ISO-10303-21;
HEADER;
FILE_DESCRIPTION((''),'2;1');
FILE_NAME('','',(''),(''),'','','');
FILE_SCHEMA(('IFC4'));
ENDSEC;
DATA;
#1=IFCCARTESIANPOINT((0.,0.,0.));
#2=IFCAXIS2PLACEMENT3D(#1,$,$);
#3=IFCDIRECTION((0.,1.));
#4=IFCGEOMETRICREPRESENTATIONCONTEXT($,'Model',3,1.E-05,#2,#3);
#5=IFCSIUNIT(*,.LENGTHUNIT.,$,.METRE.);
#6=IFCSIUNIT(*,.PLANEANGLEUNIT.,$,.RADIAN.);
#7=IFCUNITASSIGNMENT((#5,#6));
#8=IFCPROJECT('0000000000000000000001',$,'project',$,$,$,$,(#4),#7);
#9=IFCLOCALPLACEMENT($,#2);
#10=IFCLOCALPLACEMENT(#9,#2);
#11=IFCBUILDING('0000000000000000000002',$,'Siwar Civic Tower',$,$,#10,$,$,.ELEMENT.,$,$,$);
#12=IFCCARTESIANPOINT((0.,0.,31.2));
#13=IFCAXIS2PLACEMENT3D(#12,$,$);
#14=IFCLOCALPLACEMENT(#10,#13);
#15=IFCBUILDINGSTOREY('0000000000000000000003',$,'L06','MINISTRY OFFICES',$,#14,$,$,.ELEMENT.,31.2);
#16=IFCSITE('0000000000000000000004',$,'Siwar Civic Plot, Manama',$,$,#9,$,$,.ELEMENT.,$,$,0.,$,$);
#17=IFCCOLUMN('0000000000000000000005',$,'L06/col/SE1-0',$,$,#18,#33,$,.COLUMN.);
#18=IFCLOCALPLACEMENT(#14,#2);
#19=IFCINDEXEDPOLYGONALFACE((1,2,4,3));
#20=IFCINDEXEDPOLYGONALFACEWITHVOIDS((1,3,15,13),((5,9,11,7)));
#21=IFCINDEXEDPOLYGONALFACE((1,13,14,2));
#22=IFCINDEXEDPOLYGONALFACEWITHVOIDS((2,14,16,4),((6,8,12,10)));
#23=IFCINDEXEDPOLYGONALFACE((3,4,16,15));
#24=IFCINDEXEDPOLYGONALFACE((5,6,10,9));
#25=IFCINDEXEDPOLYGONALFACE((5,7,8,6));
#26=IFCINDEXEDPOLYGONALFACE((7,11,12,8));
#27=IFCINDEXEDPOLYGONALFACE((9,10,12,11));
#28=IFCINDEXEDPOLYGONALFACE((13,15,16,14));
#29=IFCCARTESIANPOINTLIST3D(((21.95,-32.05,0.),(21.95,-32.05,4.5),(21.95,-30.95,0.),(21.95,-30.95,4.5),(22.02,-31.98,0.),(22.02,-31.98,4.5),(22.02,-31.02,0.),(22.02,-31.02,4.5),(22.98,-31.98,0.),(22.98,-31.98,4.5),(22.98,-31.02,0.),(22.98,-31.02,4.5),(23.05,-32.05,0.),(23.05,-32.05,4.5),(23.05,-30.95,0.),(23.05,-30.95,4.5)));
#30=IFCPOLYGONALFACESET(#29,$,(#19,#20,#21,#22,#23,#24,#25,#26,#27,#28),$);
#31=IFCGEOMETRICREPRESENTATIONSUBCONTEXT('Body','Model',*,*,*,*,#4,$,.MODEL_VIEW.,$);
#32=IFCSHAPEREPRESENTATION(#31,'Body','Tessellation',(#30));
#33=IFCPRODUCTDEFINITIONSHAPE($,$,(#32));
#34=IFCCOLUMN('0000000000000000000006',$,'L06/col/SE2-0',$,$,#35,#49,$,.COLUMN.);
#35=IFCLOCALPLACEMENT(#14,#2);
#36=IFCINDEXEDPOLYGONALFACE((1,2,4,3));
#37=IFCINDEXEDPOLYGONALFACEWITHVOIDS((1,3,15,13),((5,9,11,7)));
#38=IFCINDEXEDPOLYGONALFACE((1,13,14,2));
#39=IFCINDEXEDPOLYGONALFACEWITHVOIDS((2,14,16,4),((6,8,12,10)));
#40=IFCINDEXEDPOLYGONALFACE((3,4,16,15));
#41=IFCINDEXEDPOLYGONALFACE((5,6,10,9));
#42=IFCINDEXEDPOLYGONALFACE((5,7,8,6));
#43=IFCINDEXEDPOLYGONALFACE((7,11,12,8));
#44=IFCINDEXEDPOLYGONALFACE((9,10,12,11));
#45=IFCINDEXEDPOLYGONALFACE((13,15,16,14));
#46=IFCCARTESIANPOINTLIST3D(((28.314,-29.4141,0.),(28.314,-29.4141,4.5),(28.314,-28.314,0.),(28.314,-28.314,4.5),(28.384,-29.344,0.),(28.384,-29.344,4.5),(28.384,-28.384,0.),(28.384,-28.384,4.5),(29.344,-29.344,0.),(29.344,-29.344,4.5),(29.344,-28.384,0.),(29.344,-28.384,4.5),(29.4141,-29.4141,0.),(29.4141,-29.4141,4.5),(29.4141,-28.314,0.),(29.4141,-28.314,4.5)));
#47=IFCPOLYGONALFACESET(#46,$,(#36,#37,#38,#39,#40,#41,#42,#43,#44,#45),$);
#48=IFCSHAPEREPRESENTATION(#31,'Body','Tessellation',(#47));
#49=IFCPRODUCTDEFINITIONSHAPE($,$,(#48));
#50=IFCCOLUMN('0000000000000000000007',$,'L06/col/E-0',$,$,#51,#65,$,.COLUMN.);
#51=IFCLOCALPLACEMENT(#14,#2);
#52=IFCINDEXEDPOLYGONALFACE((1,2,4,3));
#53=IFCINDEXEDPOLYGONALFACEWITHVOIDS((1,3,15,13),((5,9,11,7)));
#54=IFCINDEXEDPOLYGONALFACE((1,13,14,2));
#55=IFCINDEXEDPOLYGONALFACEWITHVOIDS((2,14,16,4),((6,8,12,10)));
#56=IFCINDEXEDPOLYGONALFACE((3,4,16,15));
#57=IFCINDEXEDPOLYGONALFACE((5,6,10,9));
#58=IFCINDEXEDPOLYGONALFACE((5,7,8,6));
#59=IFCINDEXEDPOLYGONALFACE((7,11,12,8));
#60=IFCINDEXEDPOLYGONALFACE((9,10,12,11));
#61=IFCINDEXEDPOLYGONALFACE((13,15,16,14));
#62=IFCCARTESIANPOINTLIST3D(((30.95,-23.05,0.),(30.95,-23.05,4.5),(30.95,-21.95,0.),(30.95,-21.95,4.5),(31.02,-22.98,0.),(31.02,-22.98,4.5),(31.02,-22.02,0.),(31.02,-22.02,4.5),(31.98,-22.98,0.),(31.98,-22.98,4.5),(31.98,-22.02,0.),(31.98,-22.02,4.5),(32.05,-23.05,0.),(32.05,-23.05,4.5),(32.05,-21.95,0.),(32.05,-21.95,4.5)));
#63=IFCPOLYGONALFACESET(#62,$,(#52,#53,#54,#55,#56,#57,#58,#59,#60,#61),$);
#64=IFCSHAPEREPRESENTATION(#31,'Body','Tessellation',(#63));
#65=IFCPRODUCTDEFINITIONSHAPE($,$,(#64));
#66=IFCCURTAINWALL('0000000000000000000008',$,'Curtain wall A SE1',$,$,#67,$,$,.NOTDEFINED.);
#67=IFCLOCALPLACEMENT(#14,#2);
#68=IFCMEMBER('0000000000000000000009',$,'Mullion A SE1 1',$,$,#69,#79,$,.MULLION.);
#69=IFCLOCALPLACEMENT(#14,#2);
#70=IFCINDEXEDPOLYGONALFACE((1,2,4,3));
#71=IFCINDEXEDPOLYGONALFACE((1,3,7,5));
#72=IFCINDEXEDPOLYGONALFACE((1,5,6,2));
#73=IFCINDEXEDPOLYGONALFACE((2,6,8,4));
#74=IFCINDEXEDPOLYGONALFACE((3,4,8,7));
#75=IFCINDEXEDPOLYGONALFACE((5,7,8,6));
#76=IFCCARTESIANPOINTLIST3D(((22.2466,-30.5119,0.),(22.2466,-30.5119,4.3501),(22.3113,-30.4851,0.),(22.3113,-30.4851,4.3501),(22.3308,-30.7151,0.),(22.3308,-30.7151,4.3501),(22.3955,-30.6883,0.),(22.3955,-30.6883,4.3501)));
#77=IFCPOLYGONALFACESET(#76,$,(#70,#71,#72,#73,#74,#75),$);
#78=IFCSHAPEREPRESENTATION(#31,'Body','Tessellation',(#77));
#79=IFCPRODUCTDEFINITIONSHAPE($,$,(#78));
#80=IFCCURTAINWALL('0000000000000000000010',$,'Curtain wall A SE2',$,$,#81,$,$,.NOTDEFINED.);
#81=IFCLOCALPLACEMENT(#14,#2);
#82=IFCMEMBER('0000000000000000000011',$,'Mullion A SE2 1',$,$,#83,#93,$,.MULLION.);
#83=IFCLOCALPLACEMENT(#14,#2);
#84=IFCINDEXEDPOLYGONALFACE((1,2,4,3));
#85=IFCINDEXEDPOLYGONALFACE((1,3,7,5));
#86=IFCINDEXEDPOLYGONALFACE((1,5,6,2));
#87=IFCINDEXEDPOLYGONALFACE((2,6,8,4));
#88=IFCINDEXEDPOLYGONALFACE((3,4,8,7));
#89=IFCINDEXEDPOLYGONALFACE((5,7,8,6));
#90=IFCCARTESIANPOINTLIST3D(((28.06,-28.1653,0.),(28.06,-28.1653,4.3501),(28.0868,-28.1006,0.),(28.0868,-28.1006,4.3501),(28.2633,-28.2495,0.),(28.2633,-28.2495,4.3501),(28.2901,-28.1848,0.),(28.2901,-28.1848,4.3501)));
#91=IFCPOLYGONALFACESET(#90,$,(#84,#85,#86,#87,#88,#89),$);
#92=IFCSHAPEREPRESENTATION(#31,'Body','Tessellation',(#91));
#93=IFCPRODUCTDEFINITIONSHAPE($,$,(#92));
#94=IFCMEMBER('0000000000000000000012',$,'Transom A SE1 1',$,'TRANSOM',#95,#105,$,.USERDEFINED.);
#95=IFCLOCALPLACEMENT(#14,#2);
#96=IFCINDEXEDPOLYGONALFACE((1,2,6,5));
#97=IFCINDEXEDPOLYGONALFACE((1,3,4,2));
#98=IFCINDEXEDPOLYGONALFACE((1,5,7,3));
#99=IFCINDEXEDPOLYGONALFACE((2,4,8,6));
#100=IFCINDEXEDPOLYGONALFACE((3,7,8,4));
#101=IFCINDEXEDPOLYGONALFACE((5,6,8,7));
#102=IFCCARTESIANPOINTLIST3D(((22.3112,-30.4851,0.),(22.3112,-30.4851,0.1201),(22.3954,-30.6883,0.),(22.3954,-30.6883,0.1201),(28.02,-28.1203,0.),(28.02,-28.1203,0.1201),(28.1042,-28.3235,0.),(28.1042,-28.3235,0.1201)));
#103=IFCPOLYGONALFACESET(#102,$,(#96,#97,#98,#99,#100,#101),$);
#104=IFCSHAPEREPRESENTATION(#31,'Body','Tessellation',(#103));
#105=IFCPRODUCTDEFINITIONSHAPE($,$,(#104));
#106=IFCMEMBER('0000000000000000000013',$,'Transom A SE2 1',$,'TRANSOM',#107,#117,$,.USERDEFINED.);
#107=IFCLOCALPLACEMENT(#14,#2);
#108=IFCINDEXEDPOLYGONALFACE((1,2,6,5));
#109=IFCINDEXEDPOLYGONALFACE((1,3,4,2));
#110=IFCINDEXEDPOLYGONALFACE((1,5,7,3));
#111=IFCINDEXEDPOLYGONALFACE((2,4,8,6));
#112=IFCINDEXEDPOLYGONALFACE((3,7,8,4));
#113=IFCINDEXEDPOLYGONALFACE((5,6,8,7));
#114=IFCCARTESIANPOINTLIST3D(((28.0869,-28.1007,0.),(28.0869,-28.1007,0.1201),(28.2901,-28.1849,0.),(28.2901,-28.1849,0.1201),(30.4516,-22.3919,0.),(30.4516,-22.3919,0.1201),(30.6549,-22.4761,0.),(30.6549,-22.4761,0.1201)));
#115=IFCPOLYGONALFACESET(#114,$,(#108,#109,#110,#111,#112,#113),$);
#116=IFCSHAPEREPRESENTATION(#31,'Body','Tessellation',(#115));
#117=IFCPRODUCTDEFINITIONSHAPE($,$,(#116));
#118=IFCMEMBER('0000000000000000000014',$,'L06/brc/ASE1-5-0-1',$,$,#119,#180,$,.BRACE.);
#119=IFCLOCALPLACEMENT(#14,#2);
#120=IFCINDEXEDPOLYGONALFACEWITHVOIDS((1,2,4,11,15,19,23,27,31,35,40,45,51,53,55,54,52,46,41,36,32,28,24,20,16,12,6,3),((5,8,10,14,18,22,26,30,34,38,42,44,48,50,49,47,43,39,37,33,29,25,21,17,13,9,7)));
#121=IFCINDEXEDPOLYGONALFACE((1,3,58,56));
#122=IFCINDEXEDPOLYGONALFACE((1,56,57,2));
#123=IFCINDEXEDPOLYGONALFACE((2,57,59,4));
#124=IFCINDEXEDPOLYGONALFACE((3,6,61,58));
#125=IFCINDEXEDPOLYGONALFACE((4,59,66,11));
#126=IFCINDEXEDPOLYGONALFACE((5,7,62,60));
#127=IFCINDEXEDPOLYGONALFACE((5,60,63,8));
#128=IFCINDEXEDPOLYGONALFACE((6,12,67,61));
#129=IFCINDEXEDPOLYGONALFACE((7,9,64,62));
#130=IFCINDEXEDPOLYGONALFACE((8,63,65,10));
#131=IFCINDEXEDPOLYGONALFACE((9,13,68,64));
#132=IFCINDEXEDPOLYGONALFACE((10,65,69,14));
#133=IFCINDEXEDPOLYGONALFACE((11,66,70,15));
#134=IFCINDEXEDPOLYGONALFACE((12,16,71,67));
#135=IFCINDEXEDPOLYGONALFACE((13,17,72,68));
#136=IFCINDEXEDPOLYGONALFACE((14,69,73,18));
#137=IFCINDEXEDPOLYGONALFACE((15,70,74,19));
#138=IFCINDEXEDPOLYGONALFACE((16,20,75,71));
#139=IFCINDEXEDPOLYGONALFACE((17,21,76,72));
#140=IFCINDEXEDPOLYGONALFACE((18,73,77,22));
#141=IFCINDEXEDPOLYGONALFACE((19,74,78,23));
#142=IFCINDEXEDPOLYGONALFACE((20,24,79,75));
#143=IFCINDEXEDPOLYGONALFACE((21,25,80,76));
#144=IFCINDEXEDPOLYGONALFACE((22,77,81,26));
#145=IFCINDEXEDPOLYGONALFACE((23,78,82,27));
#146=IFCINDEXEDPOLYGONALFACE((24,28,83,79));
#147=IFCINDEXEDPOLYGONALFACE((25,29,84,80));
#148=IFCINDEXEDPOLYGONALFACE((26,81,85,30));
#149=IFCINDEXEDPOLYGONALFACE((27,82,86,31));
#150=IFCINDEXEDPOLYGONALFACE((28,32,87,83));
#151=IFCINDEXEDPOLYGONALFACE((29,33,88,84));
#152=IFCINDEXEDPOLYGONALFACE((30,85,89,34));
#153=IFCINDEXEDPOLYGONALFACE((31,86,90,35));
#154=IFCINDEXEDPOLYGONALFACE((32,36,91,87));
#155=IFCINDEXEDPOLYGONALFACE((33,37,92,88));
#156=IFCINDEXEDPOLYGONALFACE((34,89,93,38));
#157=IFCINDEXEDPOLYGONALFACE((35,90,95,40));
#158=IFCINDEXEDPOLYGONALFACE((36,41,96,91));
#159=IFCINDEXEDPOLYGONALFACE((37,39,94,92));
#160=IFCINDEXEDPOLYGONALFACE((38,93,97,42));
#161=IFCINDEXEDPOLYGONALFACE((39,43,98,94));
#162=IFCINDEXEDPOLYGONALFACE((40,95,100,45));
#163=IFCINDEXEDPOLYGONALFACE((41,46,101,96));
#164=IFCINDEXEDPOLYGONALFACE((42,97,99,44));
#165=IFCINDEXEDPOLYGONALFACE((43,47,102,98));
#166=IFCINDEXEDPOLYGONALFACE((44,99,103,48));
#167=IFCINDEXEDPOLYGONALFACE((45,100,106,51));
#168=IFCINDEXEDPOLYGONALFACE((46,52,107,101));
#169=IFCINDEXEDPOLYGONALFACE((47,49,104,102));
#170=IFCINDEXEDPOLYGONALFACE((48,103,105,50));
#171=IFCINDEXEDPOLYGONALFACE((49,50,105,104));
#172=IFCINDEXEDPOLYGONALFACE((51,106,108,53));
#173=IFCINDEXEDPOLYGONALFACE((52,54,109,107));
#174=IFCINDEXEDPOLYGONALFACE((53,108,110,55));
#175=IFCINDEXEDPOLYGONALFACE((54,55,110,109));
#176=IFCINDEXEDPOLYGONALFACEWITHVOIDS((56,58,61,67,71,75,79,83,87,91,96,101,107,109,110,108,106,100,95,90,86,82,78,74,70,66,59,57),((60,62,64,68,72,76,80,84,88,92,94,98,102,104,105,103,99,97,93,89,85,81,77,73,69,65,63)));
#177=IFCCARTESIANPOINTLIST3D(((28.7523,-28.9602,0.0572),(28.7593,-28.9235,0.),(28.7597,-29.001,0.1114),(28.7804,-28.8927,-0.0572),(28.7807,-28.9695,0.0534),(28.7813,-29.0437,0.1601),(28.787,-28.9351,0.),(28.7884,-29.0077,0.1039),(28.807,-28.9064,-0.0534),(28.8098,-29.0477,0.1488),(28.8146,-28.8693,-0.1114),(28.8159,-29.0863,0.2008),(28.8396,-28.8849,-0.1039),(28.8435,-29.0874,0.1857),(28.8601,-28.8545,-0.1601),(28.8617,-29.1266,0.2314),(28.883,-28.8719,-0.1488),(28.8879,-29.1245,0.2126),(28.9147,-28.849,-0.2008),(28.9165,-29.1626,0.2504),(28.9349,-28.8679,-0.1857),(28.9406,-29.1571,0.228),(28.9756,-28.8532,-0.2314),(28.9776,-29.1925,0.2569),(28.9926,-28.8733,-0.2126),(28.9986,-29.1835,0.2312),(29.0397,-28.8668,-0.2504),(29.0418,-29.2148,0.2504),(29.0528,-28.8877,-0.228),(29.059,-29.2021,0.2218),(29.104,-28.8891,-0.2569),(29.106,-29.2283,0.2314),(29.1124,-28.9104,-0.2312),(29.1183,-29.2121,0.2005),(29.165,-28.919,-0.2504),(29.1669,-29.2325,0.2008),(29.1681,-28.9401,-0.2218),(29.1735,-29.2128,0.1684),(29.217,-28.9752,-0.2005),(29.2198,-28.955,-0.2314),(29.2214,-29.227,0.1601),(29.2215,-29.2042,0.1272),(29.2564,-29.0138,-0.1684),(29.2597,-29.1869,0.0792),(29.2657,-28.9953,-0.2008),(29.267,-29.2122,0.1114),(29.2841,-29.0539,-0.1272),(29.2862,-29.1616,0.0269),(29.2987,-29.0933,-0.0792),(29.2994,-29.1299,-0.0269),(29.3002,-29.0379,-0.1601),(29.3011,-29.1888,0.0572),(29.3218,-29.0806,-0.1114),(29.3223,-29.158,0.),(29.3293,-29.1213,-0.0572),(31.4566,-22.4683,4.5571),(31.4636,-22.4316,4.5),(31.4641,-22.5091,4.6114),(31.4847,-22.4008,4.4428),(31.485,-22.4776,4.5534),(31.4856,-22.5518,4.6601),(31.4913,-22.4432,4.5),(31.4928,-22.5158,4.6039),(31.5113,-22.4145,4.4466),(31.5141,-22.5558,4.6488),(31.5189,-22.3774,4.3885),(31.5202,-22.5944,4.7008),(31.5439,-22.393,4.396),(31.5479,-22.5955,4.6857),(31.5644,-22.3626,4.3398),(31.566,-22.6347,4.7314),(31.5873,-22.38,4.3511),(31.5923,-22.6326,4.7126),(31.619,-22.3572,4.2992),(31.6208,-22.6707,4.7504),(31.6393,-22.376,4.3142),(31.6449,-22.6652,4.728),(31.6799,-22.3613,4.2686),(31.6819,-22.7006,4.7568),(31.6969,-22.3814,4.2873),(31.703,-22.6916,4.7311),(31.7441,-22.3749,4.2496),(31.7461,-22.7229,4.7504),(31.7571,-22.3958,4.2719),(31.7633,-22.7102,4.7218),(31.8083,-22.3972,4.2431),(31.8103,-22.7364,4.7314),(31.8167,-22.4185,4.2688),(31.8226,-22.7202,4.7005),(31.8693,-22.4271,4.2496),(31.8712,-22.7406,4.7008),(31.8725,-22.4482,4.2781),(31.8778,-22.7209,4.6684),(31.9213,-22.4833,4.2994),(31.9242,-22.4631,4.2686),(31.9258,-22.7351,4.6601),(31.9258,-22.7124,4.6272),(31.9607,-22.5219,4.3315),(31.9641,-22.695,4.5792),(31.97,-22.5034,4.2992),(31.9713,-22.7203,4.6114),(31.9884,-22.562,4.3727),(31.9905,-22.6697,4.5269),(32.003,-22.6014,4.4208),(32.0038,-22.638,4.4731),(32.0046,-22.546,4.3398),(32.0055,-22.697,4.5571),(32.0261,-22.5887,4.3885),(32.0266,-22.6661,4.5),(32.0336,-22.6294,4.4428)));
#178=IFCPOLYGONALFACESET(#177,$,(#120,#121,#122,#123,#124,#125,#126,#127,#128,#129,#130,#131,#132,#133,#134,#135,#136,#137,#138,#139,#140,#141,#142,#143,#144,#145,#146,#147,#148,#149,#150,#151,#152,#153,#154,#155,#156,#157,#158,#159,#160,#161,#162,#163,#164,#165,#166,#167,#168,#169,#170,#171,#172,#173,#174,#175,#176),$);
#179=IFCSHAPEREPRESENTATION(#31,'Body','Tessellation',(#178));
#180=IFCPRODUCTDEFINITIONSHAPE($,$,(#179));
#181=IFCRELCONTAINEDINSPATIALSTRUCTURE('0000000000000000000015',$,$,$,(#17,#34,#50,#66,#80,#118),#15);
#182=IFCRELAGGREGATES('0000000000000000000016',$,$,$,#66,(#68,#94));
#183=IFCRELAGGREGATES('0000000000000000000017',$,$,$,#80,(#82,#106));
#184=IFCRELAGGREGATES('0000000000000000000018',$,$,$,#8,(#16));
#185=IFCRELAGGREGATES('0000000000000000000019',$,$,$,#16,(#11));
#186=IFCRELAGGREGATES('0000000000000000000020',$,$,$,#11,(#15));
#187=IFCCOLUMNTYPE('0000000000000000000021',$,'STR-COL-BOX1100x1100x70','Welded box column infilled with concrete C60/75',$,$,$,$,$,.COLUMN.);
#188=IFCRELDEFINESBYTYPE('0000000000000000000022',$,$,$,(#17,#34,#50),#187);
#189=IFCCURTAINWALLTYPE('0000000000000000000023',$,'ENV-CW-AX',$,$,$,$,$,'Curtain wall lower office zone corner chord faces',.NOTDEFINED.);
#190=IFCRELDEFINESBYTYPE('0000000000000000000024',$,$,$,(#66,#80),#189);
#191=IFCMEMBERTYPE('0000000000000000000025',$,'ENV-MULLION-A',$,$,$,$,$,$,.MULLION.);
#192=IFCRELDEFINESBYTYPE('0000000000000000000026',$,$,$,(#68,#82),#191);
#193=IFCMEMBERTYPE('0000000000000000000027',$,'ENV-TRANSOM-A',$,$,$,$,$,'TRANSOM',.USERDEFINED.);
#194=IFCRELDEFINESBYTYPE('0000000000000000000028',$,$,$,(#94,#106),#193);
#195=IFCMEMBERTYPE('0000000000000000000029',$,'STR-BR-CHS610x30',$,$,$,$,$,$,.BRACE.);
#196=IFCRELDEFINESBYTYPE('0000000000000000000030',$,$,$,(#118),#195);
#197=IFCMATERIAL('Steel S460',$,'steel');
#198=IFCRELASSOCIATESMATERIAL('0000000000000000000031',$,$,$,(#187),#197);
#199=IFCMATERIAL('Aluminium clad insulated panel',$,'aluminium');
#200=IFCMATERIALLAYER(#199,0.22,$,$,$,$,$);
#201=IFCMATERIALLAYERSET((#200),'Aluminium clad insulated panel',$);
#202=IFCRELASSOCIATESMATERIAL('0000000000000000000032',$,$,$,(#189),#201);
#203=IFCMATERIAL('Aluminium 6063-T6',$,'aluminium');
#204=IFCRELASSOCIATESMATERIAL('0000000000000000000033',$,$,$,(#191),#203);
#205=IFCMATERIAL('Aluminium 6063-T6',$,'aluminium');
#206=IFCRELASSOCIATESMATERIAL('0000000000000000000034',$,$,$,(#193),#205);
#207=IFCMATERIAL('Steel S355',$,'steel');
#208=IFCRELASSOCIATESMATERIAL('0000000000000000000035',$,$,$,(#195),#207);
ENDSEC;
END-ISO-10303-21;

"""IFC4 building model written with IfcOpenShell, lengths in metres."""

from ifc_helpers import new_model, si_unit, direction, frame, origin, origin_2d, place, context, subcontext, project, spatial, rectangle, hollow_rectangle, hollow_circle, extrude, material, layer, layer_set, material_profile, profile_set, type_object, element, aggregate, save


model = new_model("IFC4")

# Units and contexts
model_context = context("Model", 3, precision=1e-05, world=origin(), true_north=direction((0.0, 1.0)))
body_context = subcontext(model_context, "Body", "Model", "MODEL_VIEW")
ifc_project = project(units=[si_unit("LENGTHUNIT", "METRE"), si_unit("PLANEANGLEUNIT", "RADIAN")], contexts=[model_context])

# Site, building, storey
site_placement = place(None, origin())
site = spatial("IfcSite", under=ifc_project, at=site_placement, Name="Siwar Civic Plot, Manama", CompositionType="ELEMENT", RefElevation=0.0)
building_placement = place(site_placement, origin())
building = spatial("IfcBuilding", under=site, at=building_placement, Name="Siwar Civic Tower", CompositionType="ELEMENT")
storey_placement = place(building_placement, frame((0.0, 0.0, 31.2)))
storey = spatial("IfcBuildingStorey", under=building, at=storey_placement, Name="L06", Description="MINISTRY OFFICES", CompositionType="ELEMENT", Elevation=31.2)

# Columns
ifc_material_1 = material(Name="Steel S460", Category="steel")
ifc_material_profile_1 = material_profile(ifc_material_1, hollow_rectangle(XDim=1.1001, YDim=1.1001, WallThickness=0.0701, at=origin_2d()), Name="BOX1100x1100x70")
ifc_profile_set_1 = profile_set([ifc_material_profile_1], Name="Steel S460")
column_type = type_object("IfcColumnType", Name="STR-COL-BOX1100x1100x70", Description="Welded box column infilled with concrete C60/75", PredefinedType="COLUMN", material=ifc_profile_set_1)
for number, where, z_axis, x_axis, name in (
    (1, (22.5, -31.5, 0.0), (0.0, 0.0, 1.0), (1.0, 0.0, 0.0), "L06/col/SE1-0"),
    (2, (28.864, -28.864, 0.0), (0.0, 0.0, 1.0), (1.0, 0.0, 0.0), "L06/col/SE2-0"),
    (3, (31.5, -22.5, 0.0), (0.0, 0.0, 1.0), (1.0, 0.0, 0.0), "L06/col/E-0"),
):
    element("IfcColumn", number, at=place(storey_placement, frame(where, z_axis=z_axis, x_axis=x_axis)), inside=storey, type_object=column_type, Name=name, PredefinedType="COLUMN", context=body_context, shape_type="SweptSolid", body=[
        extrude(hollow_rectangle(XDim=1.1001, YDim=1.1001, WallThickness=0.0701, at=origin_2d()), origin(), (0.0, 0.0, 1.0), 4.5),
    ])

# Curtain walls, members
ifc_material_2 = material(Name="Aluminium clad insulated panel", Category="aluminium")
ifc_layer_1 = layer(ifc_material_2, 0.22)
ifc_layer_set_1 = layer_set([ifc_layer_1], Name="Aluminium clad insulated panel")
curtain_wall_type_1 = type_object("IfcCurtainWallType", Name="ENV-CW-AX", ElementType="Curtain wall lower office zone corner chord faces", PredefinedType="NOTDEFINED", material=ifc_layer_set_1)
curtain_wall_1_placement = place(storey_placement, origin())
curtain_wall_1 = element("IfcCurtainWall", 4, at=curtain_wall_1_placement, inside=storey, type_object=curtain_wall_type_1, Name="Curtain wall A SE1", PredefinedType="NOTDEFINED")
ifc_material_3 = material(Name="Aluminium 6063-T6", Category="aluminium")
ifc_material_profile_2 = material_profile(ifc_material_3, rectangle(XDim=0.22, YDim=0.0701, at=origin_2d()), Name="AL 220x70")
ifc_profile_set_2 = profile_set([ifc_material_profile_2], Name="Aluminium 6063-T6")
member_type_1 = type_object("IfcMemberType", Name="ENV-MULLION-A", PredefinedType="MULLION", material=ifc_profile_set_2)
member_1_placement = place(storey_placement, frame((22.321, -30.6001, 0.0), z_axis=(0.0, 0.0, 1.0), x_axis=(-0.382683, 0.92388, 0.0)))
member_1 = element("IfcMember", 5, at=member_1_placement, type_object=member_type_1, Name="Mullion A SE1 1", PredefinedType="MULLION", context=body_context, shape_type="SweptSolid", body=[
    extrude(rectangle(XDim=0.22, YDim=0.0701, at=origin_2d()), origin(), (0.0, 0.0, 1.0), 4.3501),
])
curtain_wall_2_placement = place(storey_placement, origin())
curtain_wall_2 = element("IfcCurtainWall", 6, at=curtain_wall_2_placement, inside=storey, type_object=curtain_wall_type_1, Name="Curtain wall A SE2", PredefinedType="NOTDEFINED")
member_2_placement = place(storey_placement, frame((28.175, -28.175, 0.0), z_axis=(0.0, 0.0, 1.0), x_axis=(-0.92388, 0.382683, 0.0)))
member_2 = element("IfcMember", 7, at=member_2_placement, type_object=member_type_1, Name="Mullion A SE2 1", PredefinedType="MULLION", context=body_context, shape_type="SweptSolid", body=[
    extrude(rectangle(XDim=0.22, YDim=0.0701, at=origin_2d()), origin(), (0.0, 0.0, 1.0), 4.3501),
])

# Members
ifc_material_4 = material(Name="Aluminium 6063-T6", Category="aluminium")
ifc_material_profile_3 = material_profile(ifc_material_4, rectangle(XDim=0.22, YDim=0.1201, at=origin_2d()), Name="AL 220x120")
ifc_profile_set_3 = profile_set([ifc_material_profile_3], Name="Aluminium 6063-T6")
member_type_2 = type_object("IfcMemberType", Name="ENV-TRANSOM-A", ElementType="TRANSOM", PredefinedType="USERDEFINED", material=ifc_profile_set_3)
member_3_placement = place(storey_placement, frame((22.3533, -30.5867, 0.0601), z_axis=(0.923873, 0.382698, 0.0), x_axis=(-0.382698, 0.923873, 0.0)))
member_3 = element("IfcMember", 8, at=member_3_placement, type_object=member_type_2, Name="Transom A SE1 1", ObjectType="TRANSOM", PredefinedType="USERDEFINED", context=body_context, shape_type="SweptSolid", body=[
    extrude(rectangle(XDim=0.22, YDim=0.1201, at=origin_2d()), origin(), (0.0, 0.0, 1.0), 6.1792),
])
member_4_placement = place(storey_placement, frame((28.1885, -28.1428, 0.0601), z_axis=(0.382698, 0.923873, 0.0), x_axis=(-0.923873, 0.382698, 0.0)))
member_4 = element("IfcMember", 9, at=member_4_placement, type_object=member_type_2, Name="Transom A SE2 1", ObjectType="TRANSOM", PredefinedType="USERDEFINED", context=body_context, shape_type="SweptSolid", body=[
    extrude(rectangle(XDim=0.22, YDim=0.1201, at=origin_2d()), origin(), (0.0, 0.0, 1.0), 6.1792),
])

# Member
ifc_material_5 = material(Name="Steel S355", Category="steel")
ifc_material_profile_4 = material_profile(ifc_material_5, hollow_circle(Radius=0.3049, WallThickness=0.03, at=origin_2d()), Name="CHS610x30")
ifc_profile_set_4 = profile_set([ifc_material_profile_4], Name="Steel S355")
member_type_3 = type_object("IfcMemberType", Name="STR-BR-CHS610x30", PredefinedType="BRACE", material=ifc_profile_set_4)
member_5_placement = place(storey_placement, frame((29.0408, -29.0408, 0.0), z_axis=(0.323906, 0.777555, 0.538975), x_axis=(-0.923109, 0.384539, 0.0)))
element("IfcMember", 10, at=member_5_placement, inside=storey, type_object=member_type_3, Name="L06/brc/ASE1-5-0-1", PredefinedType="BRACE", context=body_context, shape_type="SweptSolid", body=[
    extrude(hollow_circle(Radius=0.3049, WallThickness=0.03, at=origin_2d()), origin(), (0.0, 0.0, 1.0), 8.3491),
])

aggregate(curtain_wall_1, [member_1, member_3])
aggregate(curtain_wall_2, [member_2, member_4])

save(model, "model.ifc")
